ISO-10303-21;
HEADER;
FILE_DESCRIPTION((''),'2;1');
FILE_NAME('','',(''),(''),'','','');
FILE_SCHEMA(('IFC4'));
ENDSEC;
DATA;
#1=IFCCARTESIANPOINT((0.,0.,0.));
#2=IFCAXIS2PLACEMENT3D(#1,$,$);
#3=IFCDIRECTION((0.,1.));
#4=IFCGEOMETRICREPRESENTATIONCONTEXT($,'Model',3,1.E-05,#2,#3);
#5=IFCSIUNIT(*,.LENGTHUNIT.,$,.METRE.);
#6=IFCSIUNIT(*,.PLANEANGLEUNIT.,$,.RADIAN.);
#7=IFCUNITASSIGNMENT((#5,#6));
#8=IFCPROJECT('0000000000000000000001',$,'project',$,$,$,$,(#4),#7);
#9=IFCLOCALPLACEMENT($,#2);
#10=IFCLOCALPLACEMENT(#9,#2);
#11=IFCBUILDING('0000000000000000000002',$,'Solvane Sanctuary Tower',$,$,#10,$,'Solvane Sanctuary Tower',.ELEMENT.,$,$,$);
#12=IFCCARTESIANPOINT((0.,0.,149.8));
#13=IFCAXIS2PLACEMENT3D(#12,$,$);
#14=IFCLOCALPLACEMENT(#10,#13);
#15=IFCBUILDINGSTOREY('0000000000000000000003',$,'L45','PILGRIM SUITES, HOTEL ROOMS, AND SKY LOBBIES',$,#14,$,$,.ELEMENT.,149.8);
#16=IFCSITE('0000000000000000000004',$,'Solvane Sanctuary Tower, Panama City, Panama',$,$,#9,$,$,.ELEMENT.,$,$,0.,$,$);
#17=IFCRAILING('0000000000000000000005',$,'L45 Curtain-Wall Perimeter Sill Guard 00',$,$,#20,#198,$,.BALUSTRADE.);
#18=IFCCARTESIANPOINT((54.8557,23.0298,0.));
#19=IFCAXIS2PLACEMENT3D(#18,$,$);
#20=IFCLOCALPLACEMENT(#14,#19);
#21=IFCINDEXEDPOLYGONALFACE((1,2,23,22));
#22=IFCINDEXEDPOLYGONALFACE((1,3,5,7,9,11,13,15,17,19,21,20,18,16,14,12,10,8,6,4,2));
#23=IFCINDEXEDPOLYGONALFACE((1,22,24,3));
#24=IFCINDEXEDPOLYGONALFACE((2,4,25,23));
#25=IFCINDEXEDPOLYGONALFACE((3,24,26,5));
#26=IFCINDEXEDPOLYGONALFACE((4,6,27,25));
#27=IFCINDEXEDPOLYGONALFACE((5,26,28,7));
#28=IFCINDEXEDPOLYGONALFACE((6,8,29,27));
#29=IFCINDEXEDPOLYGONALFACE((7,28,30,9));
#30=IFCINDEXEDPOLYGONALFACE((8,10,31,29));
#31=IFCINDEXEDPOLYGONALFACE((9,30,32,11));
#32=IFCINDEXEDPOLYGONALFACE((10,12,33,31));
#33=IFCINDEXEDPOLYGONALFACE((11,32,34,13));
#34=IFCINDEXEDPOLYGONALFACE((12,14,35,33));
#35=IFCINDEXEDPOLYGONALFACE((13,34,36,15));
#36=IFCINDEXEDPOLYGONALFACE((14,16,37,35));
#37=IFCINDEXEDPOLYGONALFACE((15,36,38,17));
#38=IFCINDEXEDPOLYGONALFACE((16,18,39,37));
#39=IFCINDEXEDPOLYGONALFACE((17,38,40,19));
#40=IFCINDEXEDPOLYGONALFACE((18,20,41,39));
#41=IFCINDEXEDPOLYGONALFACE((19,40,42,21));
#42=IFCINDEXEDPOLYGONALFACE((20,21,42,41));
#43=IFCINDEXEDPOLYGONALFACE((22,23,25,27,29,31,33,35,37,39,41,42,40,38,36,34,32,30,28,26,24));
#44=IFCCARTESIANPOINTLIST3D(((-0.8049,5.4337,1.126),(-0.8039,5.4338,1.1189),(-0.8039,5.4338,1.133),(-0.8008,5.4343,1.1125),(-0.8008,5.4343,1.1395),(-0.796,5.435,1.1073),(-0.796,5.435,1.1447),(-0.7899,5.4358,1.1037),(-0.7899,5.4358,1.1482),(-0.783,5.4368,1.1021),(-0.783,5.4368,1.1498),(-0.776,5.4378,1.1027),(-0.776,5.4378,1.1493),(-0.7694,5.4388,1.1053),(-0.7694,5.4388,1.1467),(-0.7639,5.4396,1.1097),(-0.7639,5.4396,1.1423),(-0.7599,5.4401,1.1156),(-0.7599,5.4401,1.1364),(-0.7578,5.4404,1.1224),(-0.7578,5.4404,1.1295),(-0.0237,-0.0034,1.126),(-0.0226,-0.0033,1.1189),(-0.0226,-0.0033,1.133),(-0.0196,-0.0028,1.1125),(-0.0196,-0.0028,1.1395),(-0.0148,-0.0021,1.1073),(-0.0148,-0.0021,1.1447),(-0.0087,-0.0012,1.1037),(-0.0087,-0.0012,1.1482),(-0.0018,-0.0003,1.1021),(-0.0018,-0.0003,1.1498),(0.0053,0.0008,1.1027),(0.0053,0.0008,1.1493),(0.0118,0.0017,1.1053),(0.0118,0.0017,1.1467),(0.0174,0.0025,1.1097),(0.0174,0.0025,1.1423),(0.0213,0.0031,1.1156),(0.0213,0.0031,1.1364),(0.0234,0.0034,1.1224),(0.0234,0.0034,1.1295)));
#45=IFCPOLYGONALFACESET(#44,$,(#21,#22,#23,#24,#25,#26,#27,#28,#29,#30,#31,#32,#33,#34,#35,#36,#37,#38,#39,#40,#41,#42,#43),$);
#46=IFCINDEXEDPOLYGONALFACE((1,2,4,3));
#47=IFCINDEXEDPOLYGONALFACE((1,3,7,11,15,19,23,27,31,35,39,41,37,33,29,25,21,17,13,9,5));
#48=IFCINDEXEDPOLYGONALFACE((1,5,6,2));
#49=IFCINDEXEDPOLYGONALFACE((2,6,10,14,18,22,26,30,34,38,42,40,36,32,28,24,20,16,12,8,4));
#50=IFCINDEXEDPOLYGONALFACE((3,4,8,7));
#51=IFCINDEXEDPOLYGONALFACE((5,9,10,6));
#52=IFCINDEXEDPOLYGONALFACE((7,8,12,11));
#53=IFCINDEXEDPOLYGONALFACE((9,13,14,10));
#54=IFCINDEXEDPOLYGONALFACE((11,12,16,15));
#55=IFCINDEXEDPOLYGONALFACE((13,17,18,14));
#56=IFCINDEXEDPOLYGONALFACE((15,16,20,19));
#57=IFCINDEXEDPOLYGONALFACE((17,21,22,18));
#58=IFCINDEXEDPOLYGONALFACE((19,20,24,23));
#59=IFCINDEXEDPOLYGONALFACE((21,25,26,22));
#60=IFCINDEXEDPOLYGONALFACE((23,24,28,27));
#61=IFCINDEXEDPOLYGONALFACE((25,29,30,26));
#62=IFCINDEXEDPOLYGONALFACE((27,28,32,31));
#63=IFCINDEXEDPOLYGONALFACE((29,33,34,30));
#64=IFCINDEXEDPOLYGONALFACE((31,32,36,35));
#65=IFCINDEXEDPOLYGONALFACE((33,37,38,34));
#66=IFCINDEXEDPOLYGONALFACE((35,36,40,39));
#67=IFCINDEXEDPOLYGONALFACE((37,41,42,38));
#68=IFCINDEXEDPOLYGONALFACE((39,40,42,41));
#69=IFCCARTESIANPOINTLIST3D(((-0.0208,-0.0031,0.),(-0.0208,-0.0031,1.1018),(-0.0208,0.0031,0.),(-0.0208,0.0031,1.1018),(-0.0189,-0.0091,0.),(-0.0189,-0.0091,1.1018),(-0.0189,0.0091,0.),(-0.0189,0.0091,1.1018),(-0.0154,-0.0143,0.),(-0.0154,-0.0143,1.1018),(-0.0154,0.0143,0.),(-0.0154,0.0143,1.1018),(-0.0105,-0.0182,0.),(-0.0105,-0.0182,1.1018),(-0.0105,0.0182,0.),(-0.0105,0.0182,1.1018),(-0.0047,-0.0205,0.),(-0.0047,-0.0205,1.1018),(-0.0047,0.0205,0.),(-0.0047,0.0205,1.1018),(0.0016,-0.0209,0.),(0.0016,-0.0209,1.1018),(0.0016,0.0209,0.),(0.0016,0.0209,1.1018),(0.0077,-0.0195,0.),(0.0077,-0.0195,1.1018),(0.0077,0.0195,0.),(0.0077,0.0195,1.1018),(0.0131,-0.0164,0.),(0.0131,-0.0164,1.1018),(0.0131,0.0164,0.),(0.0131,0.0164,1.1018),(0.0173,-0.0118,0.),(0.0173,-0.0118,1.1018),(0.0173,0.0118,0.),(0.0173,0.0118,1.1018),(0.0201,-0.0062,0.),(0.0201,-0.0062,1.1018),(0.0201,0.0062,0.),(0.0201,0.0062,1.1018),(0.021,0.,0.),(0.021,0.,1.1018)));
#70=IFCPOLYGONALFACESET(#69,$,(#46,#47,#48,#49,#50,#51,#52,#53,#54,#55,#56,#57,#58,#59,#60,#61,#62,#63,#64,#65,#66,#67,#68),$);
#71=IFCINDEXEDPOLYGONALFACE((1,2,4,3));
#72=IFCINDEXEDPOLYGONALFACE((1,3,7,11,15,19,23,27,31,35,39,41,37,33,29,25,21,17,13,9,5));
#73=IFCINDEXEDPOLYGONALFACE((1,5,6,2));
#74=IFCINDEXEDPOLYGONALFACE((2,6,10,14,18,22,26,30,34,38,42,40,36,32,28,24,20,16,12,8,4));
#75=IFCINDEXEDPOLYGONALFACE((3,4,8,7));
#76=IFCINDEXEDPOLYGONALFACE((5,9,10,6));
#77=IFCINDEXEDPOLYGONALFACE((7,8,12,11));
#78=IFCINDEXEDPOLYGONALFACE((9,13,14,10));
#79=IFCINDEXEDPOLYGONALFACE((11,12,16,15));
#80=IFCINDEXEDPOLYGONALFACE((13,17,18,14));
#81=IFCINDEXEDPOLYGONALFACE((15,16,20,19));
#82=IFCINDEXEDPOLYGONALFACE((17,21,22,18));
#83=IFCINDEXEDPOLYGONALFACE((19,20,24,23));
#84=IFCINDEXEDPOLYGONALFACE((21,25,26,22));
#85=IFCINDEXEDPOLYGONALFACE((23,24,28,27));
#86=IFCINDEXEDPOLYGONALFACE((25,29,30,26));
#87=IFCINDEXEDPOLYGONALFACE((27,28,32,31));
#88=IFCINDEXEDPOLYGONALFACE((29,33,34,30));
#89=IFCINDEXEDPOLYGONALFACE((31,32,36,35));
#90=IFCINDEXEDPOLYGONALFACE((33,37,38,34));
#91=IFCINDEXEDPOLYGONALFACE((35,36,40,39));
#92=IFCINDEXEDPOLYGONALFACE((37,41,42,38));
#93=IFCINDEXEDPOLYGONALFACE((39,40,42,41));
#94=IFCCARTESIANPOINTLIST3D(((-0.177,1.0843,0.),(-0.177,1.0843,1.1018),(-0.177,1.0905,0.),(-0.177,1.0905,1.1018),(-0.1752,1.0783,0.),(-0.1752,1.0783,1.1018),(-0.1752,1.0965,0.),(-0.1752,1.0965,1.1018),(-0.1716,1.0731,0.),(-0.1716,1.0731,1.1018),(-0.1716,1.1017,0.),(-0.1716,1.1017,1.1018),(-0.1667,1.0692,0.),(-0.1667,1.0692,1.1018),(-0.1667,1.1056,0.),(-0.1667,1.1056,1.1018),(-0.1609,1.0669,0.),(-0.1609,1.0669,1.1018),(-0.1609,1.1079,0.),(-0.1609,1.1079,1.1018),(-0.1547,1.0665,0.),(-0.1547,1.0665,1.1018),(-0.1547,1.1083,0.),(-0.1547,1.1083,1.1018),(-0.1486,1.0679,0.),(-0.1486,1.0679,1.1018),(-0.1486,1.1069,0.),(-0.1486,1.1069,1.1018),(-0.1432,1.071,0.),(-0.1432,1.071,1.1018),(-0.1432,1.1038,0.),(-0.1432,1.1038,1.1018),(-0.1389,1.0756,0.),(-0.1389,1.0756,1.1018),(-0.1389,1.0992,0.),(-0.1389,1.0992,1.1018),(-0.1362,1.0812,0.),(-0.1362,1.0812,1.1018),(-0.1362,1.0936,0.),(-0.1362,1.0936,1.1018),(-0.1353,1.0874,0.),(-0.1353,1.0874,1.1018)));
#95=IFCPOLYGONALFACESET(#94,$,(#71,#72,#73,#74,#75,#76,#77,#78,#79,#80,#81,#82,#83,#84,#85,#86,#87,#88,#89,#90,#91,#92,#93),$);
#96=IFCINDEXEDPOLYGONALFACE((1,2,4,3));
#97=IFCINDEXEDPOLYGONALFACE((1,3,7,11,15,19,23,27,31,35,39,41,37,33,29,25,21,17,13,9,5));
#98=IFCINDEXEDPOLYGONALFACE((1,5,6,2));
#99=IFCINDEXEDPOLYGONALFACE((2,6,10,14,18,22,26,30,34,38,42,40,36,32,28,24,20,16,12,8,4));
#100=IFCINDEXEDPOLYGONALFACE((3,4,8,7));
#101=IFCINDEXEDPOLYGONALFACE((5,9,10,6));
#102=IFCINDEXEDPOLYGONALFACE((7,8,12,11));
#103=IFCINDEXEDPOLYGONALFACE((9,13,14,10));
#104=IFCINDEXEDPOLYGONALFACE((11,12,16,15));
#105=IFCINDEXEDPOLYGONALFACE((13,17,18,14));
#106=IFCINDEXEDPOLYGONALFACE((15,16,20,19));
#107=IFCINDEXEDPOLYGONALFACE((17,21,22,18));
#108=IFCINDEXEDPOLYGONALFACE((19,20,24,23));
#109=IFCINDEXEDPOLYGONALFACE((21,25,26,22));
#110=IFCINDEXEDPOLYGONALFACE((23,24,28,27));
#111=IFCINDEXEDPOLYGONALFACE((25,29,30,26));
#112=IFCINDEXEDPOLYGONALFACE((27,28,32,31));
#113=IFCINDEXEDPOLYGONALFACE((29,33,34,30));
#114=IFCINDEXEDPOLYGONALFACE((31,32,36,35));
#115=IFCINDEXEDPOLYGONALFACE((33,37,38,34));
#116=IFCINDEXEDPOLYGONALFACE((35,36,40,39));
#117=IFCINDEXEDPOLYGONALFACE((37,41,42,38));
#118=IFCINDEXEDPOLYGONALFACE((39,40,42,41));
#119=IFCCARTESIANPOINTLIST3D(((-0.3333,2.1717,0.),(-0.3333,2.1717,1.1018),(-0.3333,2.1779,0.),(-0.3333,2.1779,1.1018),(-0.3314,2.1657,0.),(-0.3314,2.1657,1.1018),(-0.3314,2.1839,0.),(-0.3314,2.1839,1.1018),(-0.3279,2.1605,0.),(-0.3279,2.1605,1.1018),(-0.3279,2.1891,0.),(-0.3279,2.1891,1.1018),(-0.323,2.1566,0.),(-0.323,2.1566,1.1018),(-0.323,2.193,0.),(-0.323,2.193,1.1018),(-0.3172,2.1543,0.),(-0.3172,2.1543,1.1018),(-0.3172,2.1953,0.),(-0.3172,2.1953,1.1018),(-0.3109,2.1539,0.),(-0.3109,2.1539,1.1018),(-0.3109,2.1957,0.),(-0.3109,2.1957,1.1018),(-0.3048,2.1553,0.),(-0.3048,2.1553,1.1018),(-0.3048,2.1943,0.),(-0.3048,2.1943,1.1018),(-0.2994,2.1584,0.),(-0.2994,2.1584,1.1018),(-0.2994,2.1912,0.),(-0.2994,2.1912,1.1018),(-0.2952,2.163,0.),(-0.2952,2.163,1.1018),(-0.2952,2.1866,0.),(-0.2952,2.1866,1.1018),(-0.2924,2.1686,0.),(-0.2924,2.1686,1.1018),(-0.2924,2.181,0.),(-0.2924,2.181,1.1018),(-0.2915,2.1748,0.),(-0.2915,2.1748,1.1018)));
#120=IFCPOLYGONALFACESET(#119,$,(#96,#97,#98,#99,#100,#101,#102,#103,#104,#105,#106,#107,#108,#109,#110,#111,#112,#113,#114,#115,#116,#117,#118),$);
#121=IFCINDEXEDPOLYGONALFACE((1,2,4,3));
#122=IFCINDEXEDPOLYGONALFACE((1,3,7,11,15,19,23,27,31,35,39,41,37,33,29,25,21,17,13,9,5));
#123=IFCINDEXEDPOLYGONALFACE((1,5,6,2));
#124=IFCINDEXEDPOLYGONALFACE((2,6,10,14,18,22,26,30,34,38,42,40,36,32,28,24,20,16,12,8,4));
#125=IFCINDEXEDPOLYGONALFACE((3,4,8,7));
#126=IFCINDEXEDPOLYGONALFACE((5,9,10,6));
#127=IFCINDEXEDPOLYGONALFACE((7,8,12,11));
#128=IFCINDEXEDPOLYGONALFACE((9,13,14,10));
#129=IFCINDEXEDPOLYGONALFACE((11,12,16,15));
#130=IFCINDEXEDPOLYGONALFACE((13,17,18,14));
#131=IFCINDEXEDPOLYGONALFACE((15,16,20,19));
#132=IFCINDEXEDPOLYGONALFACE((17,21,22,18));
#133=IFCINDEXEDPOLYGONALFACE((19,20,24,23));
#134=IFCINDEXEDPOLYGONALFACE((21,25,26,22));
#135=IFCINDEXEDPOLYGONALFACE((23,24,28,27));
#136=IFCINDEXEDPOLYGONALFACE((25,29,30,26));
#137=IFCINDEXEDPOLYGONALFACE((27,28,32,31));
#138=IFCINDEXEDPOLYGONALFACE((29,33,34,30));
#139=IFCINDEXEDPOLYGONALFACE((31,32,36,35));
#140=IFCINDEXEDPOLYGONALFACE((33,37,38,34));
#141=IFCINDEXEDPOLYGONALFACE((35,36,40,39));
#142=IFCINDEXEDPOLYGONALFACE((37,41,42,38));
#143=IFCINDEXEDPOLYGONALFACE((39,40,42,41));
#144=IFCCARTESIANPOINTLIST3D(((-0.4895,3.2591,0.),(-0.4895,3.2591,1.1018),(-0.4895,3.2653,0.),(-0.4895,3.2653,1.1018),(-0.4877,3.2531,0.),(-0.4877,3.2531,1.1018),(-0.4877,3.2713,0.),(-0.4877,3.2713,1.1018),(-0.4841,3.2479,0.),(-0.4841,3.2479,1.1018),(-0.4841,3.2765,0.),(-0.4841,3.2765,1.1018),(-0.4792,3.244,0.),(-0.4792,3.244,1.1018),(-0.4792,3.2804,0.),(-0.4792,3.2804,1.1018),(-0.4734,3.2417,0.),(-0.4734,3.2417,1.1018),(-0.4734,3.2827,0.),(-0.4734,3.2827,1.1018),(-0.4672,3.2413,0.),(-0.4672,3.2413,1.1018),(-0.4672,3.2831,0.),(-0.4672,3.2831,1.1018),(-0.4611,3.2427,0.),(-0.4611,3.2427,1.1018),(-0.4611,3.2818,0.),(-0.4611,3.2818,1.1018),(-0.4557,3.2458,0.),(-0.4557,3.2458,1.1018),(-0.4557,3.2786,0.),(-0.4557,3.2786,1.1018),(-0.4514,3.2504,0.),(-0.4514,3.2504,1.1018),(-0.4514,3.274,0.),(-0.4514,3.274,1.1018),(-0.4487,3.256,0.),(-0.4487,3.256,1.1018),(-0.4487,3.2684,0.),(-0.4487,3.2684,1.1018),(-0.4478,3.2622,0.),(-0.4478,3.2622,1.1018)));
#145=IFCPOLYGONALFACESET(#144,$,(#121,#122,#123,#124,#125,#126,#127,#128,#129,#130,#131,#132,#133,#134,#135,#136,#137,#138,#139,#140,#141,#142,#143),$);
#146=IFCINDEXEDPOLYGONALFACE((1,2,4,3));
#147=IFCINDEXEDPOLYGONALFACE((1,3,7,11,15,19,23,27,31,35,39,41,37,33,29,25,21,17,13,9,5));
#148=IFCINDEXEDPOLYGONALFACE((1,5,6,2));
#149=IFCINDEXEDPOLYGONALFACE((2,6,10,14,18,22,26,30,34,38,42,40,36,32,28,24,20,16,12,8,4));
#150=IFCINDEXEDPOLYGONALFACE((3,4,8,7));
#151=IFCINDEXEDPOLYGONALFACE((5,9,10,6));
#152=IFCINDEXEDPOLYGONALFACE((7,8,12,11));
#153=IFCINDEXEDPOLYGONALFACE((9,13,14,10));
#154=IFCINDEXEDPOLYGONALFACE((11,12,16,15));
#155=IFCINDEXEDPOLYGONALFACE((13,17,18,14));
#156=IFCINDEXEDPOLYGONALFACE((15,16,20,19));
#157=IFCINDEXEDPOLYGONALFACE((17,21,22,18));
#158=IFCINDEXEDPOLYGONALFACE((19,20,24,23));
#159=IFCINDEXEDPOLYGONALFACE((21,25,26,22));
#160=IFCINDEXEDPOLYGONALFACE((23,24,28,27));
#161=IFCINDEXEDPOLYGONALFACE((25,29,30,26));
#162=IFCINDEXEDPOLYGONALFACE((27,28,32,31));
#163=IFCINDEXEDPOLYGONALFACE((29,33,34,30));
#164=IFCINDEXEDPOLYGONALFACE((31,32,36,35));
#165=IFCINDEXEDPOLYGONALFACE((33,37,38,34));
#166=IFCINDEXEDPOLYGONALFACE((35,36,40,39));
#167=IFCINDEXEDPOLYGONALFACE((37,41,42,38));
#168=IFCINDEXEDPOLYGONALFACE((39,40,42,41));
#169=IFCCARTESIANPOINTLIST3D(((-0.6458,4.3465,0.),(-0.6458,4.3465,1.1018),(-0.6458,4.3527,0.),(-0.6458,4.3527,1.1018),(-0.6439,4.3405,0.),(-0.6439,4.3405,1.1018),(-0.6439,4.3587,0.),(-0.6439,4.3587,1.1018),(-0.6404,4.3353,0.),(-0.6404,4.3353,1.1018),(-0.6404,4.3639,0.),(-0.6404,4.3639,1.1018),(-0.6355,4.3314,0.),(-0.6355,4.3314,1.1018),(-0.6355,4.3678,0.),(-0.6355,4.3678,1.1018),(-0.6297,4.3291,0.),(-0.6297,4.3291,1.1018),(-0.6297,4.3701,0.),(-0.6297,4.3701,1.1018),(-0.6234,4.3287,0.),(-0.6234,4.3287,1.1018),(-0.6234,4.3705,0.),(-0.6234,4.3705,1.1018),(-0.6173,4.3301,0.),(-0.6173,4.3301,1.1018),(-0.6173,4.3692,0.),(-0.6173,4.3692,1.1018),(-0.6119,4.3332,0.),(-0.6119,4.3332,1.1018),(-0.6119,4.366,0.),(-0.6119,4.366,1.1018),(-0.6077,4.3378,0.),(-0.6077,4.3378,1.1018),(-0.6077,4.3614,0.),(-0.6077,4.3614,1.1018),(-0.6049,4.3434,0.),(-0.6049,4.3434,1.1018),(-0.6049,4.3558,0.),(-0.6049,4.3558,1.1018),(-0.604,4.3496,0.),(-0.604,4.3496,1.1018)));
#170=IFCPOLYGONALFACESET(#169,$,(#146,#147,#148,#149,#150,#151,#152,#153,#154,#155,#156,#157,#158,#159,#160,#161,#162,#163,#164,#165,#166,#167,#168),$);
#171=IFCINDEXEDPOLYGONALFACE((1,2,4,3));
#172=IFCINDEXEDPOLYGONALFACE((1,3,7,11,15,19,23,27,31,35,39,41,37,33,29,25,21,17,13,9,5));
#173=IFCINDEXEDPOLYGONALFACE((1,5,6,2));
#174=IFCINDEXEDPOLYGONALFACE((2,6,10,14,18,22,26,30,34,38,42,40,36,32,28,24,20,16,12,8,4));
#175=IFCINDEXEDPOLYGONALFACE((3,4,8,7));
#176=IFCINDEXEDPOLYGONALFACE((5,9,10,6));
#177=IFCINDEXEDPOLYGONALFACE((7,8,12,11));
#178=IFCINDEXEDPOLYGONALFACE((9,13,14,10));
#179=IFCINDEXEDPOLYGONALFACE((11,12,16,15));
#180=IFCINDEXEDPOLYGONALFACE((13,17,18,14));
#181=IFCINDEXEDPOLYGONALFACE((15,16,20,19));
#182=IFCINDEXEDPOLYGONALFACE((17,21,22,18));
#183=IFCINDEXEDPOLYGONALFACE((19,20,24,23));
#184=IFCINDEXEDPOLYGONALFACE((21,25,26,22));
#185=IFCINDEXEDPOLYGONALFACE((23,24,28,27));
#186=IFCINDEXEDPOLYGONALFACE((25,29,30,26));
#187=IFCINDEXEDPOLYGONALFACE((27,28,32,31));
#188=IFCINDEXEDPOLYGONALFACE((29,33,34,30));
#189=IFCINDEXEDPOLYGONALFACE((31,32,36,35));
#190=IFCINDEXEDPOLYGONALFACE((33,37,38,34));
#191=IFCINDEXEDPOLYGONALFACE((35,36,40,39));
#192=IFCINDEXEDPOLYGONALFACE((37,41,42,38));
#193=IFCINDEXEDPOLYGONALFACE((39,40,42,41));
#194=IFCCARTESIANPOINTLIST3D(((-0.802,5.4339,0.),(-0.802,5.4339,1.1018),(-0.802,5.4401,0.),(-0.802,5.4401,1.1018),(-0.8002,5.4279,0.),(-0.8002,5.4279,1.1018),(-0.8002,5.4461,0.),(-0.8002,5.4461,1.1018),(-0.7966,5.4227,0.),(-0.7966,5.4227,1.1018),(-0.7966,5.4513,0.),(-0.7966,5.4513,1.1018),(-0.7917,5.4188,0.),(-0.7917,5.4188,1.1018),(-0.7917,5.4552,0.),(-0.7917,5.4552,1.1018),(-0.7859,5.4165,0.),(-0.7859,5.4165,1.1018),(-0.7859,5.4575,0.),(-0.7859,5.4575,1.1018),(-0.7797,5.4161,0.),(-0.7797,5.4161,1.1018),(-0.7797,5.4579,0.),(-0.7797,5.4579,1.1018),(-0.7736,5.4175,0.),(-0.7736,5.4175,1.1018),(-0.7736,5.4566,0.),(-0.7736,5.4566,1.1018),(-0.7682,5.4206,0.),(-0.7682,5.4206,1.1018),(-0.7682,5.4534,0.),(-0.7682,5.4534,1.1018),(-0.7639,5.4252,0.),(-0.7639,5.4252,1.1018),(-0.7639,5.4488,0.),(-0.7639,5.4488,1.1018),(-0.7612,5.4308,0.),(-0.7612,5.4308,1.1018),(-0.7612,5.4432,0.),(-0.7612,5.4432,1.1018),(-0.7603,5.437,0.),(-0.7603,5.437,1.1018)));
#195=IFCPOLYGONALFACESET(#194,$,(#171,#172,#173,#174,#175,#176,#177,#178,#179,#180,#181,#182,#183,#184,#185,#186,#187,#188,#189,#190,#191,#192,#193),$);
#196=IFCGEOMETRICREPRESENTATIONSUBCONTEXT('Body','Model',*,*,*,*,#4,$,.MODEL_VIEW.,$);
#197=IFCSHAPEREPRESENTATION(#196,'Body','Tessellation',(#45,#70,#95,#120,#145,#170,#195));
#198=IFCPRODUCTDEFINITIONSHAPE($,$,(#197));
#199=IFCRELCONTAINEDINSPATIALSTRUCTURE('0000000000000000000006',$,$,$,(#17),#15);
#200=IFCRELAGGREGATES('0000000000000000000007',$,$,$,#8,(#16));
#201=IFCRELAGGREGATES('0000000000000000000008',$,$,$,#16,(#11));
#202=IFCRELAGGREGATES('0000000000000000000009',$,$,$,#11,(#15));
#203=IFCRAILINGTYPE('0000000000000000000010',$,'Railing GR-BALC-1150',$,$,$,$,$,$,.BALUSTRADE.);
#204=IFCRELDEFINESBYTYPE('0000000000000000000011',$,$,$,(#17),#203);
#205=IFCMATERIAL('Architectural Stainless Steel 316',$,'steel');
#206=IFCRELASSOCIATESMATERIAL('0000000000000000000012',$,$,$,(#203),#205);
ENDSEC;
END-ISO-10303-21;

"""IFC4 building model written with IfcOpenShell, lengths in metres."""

from ifc_helpers import new_model, si_unit, direction, frame, origin, origin_2d, place, context, subcontext, project, spatial, circle, extrude, material, type_object, element, save


model = new_model("IFC4")

# Units and contexts
model_context = context("Model", 3, precision=1e-05, world=origin(), true_north=direction((0.0, 1.0)))
body_context = subcontext(model_context, "Body", "Model", "MODEL_VIEW")
ifc_project = project(units=[si_unit("LENGTHUNIT", "METRE"), si_unit("PLANEANGLEUNIT", "RADIAN")], contexts=[model_context])

# Site, building, storey
site_placement = place(None, origin())
site = spatial("IfcSite", under=ifc_project, at=site_placement, Name="Solvane Sanctuary Tower, Panama City, Panama", CompositionType="ELEMENT", RefElevation=0.0)
building_placement = place(site_placement, origin())
building = spatial("IfcBuilding", under=site, at=building_placement, Name="Solvane Sanctuary Tower", LongName="Solvane Sanctuary Tower", CompositionType="ELEMENT")
storey_placement = place(building_placement, frame((0.0, 0.0, 149.8)))
storey = spatial("IfcBuildingStorey", under=building, at=storey_placement, Name="L45", Description="PILGRIM SUITES, HOTEL ROOMS, AND SKY LOBBIES", CompositionType="ELEMENT", Elevation=149.8)

# Shared definitions
ifc_material_1 = material(Name="Architectural Stainless Steel 316", Category="steel")

# Railing
railing_type = type_object("IfcRailingType", Name="Railing GR-BALC-1150", PredefinedType="BALUSTRADE", material=ifc_material_1)
railing_1_placement = place(storey_placement, frame((54.8557, 23.0298, 0.0)))
element("IfcRailing", 1, at=railing_1_placement, inside=storey, type_object=railing_type, Name="L45 Curtain-Wall Perimeter Sill Guard 00", PredefinedType="BALUSTRADE", context=body_context, shape_type="SweptSolid", body=[
    extrude(circle(Radius=0.0239, at=origin_2d()), frame((0.0, 0.0, 1.126), z_axis=(-0.14223, 0.989834, 0.0), x_axis=(-0.989834, -0.14223, 0.0)), (0.0, 0.0, 1.0), 5.4929),
    extrude(circle(Radius=0.021, at=origin_2d()), origin(), (0.0, 0.0, 1.0), 1.1018),
    extrude(circle(Radius=0.021, at=origin_2d()), frame((-0.1562, 1.0874, 0.0)), (0.0, 0.0, 1.0), 1.1018),
    extrude(circle(Radius=0.021, at=origin_2d()), frame((-0.3125, 2.1748, 0.0)), (0.0, 0.0, 1.0), 1.1018),
    extrude(circle(Radius=0.021, at=origin_2d()), frame((-0.4688, 3.2622, 0.0)), (0.0, 0.0, 1.0), 1.1018),
    extrude(circle(Radius=0.021, at=origin_2d()), frame((-0.625, 4.3496, 0.0)), (0.0, 0.0, 1.0), 1.1018),
    extrude(circle(Radius=0.021, at=origin_2d()), frame((-0.7812, 5.437, 0.0)), (0.0, 0.0, 1.0), 1.1018),
])

save(model, "model.ifc")
